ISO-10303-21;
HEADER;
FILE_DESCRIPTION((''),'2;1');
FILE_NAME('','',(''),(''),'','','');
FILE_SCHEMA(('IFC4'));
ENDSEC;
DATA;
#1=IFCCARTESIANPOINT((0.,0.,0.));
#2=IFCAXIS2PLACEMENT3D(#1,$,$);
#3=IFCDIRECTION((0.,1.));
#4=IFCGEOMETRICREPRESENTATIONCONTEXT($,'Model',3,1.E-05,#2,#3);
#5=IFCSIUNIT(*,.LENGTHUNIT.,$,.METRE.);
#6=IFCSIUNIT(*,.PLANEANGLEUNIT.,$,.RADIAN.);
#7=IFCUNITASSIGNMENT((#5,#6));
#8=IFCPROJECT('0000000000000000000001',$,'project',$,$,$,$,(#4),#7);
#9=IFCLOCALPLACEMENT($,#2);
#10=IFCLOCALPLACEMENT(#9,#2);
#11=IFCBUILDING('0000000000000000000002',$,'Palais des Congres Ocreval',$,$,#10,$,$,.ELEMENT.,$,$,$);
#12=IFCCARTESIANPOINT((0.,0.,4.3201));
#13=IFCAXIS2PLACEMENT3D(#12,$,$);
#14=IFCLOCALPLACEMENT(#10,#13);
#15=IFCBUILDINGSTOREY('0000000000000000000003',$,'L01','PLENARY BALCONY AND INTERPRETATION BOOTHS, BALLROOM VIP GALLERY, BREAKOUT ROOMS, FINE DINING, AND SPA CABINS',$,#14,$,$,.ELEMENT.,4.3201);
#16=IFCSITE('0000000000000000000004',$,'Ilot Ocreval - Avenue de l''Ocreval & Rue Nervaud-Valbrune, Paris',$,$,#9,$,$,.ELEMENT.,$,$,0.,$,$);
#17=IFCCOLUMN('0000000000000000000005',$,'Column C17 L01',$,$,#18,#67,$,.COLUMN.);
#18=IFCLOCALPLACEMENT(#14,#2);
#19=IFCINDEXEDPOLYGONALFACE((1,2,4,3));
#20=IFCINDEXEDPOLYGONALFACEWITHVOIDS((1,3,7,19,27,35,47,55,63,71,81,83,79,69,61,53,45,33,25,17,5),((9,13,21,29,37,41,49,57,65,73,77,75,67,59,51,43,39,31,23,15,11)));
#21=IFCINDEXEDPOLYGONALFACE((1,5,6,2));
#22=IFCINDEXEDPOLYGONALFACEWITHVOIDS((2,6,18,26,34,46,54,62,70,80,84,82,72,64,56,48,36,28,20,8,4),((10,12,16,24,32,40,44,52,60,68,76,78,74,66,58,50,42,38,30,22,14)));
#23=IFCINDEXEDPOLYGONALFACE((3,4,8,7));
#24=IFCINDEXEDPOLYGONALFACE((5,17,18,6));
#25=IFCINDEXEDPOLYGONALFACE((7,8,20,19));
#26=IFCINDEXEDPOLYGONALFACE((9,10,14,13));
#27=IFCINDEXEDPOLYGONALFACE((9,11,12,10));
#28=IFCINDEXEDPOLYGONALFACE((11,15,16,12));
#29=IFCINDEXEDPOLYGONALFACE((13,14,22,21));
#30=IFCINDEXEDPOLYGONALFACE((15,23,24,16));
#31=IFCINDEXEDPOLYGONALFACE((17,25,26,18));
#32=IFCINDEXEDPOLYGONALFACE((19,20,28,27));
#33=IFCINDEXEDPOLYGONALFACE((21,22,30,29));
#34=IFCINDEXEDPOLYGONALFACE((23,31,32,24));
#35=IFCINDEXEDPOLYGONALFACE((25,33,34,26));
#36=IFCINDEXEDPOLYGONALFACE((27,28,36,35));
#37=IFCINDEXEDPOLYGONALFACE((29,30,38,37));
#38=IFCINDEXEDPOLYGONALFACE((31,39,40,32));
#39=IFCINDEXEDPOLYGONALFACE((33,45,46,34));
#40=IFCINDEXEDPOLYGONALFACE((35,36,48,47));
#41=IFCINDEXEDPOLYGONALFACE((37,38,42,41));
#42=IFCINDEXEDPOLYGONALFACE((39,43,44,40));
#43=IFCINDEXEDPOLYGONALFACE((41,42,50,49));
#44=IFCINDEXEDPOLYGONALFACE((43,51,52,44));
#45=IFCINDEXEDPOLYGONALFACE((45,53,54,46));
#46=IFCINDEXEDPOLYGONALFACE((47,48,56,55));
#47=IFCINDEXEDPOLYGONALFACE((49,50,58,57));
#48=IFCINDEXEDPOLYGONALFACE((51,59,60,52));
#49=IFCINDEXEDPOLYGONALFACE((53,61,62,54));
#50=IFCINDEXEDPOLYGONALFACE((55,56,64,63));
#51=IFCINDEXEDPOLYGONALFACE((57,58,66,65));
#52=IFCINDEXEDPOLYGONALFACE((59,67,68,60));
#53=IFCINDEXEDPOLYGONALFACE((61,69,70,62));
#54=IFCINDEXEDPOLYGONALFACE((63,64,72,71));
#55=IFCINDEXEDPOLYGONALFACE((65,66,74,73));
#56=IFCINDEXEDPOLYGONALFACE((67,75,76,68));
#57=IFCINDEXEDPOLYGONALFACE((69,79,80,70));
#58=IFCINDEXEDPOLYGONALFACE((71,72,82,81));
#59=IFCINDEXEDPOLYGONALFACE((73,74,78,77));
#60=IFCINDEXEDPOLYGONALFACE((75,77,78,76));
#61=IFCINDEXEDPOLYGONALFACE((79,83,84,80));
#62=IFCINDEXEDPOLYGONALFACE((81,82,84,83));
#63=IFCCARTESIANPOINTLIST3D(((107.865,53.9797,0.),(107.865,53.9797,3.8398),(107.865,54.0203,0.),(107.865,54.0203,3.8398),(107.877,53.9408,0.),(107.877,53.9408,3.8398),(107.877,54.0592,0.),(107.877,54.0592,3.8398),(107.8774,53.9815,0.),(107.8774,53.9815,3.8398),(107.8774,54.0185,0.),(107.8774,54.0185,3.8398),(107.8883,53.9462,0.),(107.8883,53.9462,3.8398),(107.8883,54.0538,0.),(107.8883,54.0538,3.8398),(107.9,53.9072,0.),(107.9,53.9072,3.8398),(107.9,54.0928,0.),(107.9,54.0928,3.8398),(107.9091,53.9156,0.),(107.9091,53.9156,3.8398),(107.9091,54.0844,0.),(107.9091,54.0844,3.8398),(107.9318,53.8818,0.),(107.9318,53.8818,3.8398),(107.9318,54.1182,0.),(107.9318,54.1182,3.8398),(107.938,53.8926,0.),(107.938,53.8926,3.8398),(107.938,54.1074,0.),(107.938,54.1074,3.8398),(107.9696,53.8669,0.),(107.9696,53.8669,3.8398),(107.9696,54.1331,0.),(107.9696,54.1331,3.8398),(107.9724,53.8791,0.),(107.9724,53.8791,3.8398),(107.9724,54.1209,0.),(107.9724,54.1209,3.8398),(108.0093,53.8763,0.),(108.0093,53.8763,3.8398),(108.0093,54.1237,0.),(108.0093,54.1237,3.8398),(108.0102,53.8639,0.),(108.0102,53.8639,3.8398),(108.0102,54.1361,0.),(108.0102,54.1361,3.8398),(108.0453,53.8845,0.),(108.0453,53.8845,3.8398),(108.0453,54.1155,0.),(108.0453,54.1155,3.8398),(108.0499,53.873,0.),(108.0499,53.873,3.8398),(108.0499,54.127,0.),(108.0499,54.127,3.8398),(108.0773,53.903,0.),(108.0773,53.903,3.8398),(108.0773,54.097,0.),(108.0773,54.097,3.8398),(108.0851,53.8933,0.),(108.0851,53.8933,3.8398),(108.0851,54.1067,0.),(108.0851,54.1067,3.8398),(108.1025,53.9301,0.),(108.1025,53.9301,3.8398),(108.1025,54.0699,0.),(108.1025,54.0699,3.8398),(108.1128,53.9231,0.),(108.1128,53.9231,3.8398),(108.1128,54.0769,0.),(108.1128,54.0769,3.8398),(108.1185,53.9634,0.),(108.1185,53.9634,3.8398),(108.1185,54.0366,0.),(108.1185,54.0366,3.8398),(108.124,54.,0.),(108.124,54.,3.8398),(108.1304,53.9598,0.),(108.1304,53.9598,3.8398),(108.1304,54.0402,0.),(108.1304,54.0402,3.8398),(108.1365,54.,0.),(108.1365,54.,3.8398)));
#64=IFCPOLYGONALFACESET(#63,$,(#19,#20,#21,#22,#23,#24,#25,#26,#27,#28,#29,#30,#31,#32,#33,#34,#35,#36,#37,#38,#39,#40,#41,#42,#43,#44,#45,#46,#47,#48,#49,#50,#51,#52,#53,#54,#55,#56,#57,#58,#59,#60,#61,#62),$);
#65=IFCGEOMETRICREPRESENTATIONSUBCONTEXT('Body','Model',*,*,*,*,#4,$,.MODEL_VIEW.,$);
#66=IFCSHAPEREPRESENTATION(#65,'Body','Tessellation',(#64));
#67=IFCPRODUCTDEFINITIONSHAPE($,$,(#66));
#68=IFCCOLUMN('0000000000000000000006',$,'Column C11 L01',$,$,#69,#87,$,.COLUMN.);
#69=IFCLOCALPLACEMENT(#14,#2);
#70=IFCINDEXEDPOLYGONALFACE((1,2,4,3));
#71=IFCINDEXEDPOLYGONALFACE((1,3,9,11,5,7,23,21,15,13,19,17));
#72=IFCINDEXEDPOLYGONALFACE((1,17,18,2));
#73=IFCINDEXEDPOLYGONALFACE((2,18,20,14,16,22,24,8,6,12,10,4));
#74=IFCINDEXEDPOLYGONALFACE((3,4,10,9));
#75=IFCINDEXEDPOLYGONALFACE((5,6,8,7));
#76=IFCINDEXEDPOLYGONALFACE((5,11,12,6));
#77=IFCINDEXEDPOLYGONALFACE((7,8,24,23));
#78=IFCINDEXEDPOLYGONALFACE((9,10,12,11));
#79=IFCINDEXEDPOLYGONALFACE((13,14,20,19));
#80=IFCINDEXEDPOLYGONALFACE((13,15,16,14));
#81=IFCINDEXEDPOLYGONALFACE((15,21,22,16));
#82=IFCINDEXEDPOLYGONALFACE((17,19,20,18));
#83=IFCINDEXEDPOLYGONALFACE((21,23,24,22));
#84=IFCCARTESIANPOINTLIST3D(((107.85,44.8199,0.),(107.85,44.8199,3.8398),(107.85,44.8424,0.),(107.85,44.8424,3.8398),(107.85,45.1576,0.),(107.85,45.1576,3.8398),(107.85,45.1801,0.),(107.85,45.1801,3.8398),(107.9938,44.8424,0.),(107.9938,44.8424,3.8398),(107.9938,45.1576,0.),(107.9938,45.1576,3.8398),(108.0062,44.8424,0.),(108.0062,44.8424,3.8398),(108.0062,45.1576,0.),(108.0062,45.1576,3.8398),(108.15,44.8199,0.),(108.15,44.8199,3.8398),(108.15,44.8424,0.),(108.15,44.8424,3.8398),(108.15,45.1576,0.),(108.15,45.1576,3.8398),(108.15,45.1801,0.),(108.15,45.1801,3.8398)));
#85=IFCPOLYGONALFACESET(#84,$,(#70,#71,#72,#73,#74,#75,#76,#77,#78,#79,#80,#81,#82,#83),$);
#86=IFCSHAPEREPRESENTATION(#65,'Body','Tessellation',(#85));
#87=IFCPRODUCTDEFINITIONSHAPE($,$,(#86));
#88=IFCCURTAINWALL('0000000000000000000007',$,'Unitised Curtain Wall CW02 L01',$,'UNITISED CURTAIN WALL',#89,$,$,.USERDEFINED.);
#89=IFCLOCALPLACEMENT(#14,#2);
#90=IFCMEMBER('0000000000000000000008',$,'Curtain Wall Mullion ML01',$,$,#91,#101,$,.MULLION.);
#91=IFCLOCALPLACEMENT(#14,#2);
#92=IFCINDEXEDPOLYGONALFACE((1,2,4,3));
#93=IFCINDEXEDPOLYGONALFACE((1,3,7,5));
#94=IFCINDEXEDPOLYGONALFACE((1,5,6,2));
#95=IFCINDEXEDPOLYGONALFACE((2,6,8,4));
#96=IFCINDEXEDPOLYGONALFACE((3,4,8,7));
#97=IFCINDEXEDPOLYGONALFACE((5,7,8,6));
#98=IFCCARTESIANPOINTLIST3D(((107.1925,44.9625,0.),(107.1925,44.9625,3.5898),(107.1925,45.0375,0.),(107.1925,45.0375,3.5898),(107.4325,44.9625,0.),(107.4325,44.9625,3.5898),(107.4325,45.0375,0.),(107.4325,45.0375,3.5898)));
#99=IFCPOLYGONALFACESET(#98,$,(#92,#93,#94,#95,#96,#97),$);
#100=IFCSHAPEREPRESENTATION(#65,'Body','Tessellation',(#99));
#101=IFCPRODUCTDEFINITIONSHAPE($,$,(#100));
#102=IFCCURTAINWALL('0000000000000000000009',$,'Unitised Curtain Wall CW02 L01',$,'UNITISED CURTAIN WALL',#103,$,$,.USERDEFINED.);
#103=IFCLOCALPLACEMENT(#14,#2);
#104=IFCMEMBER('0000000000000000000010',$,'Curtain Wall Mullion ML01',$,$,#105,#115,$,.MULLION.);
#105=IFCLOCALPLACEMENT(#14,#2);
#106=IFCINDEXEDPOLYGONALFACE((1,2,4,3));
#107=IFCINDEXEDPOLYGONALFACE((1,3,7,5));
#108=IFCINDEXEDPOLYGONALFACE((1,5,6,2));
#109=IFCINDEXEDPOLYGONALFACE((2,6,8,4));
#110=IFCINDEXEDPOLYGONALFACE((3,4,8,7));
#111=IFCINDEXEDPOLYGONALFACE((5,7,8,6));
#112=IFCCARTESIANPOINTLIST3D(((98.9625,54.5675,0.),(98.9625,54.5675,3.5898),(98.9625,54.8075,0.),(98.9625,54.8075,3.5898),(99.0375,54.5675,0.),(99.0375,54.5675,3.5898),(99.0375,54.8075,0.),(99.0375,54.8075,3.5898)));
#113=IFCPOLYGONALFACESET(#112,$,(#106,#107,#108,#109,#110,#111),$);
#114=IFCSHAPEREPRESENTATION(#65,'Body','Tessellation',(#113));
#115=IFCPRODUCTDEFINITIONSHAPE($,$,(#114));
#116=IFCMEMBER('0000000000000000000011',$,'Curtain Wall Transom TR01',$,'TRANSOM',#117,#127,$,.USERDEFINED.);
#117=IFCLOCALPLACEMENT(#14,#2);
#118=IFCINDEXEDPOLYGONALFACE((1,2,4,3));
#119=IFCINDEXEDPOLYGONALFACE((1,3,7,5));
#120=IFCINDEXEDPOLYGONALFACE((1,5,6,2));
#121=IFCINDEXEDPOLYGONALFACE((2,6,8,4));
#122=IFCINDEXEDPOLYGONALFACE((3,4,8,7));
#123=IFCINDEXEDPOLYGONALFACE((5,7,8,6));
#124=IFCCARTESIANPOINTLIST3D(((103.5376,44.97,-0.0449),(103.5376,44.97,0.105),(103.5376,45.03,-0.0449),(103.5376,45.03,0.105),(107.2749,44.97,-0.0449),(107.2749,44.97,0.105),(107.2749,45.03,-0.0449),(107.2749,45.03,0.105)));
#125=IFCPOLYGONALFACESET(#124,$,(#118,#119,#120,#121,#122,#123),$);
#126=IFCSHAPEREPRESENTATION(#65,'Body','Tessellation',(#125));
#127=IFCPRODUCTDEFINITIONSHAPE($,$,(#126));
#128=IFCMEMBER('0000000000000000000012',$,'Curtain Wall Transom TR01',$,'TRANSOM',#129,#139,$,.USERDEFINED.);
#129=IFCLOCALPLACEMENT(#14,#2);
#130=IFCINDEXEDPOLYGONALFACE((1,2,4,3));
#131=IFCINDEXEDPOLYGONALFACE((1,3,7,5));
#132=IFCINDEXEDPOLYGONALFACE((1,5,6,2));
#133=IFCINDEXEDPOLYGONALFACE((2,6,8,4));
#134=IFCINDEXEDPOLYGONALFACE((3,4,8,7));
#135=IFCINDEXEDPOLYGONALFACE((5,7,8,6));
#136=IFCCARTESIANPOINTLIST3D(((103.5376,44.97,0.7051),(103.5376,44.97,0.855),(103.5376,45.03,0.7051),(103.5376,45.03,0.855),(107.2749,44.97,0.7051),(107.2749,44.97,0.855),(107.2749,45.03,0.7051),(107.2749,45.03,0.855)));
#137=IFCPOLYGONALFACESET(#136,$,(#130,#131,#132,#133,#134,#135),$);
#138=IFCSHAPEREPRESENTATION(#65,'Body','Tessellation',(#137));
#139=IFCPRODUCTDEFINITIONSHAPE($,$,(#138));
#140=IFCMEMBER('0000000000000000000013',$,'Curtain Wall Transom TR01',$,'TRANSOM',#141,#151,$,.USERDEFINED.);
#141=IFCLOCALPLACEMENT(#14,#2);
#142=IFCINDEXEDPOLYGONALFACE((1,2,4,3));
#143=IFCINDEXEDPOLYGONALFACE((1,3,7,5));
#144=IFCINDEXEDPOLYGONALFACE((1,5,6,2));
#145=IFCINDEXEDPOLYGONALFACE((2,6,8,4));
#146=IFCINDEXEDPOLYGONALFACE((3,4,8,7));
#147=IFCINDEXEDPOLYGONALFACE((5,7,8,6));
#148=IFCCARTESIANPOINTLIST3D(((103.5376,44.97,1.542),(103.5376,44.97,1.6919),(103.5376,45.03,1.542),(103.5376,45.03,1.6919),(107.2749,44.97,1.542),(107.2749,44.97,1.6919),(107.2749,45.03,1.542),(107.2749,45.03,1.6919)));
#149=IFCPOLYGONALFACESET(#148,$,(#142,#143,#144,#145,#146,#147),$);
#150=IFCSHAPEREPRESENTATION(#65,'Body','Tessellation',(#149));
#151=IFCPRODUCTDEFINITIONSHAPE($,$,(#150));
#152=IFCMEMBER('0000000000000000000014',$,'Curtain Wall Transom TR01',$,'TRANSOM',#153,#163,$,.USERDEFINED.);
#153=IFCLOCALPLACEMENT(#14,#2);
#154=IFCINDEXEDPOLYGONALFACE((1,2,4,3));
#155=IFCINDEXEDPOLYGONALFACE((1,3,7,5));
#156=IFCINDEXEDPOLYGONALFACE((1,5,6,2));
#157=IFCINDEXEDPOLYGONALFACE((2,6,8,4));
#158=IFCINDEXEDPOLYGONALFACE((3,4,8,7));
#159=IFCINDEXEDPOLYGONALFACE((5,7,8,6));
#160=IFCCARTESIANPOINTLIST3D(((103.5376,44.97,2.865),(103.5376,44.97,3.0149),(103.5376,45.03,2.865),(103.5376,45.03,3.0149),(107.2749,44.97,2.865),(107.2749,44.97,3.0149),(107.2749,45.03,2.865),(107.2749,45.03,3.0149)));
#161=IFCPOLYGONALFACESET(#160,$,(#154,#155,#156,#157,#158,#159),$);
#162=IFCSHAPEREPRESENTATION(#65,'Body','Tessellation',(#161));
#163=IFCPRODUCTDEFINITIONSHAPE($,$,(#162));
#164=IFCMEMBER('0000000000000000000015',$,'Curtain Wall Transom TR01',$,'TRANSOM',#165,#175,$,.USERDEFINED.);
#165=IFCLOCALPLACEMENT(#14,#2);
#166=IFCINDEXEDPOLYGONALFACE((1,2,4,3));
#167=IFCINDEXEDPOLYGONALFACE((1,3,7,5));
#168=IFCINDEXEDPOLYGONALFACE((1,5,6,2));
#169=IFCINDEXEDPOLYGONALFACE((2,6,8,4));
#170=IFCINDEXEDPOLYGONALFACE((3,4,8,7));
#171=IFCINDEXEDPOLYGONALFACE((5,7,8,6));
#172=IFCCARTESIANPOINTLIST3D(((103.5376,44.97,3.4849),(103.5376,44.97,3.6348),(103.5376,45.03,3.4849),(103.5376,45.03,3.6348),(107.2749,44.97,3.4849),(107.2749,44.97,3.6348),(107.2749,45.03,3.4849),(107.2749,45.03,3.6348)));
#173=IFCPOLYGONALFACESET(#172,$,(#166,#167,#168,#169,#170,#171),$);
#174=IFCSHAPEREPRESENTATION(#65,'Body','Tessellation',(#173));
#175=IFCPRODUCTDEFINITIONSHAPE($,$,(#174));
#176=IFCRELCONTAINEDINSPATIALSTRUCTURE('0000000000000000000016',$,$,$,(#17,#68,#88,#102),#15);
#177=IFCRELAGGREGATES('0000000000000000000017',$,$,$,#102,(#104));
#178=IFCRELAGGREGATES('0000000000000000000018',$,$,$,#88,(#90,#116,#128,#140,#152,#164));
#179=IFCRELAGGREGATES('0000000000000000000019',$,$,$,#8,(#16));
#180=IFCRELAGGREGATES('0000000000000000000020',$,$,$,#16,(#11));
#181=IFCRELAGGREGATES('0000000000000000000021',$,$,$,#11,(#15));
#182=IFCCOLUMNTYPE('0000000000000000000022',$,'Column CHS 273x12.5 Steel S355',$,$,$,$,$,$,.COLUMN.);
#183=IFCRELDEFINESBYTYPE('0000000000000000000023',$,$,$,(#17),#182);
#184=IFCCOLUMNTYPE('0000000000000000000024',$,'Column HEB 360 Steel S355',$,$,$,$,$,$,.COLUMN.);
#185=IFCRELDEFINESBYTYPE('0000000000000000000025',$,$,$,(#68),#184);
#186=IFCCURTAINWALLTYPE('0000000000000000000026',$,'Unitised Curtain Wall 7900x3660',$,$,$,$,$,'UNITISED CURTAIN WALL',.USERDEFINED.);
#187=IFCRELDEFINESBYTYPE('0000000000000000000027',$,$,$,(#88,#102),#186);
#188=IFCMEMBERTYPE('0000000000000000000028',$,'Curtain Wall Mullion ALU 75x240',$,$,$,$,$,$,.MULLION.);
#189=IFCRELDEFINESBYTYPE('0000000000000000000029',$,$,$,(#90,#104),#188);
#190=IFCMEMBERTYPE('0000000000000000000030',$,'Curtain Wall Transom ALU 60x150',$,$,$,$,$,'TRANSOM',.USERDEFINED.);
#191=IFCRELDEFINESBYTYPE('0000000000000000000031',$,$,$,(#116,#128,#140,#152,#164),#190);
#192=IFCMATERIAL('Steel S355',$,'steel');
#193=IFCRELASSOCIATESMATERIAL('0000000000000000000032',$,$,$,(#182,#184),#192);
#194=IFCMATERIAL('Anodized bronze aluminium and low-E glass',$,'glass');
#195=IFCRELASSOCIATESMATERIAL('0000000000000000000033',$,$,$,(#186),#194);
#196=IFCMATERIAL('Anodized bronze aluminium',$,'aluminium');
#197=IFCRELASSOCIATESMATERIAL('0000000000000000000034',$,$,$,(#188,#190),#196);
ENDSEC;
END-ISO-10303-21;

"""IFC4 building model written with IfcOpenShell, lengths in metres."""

from ifc_helpers import new_model, si_unit, direction, frame, origin, origin_2d, place, context, subcontext, project, spatial, rectangle, hollow_circle, i_section, extrude, material, material_profile, profile_set, type_object, element, aggregate, save


model = new_model("IFC4")

# Units and contexts
model_context = context("Model", 3, precision=1e-05, world=origin(), true_north=direction((0.0, 1.0)))
body_context = subcontext(model_context, "Body", "Model", "MODEL_VIEW")
ifc_project = project(units=[si_unit("LENGTHUNIT", "METRE"), si_unit("PLANEANGLEUNIT", "RADIAN")], contexts=[model_context])

# Site, building, storey
site_placement = place(None, origin())
site = spatial("IfcSite", under=ifc_project, at=site_placement, Name="Ilot Ocreval - Avenue de l'Ocreval & Rue Nervaud-Valbrune, Paris", CompositionType="ELEMENT", RefElevation=0.0)
building_placement = place(site_placement, origin())
building = spatial("IfcBuilding", under=site, at=building_placement, Name="Palais des Congres Ocreval", CompositionType="ELEMENT")
storey_placement = place(building_placement, frame((0.0, 0.0, 4.3201)))
storey = spatial("IfcBuildingStorey", under=building, at=storey_placement, Name="L01", Description="PLENARY BALCONY AND INTERPRETATION BOOTHS, BALLROOM VIP GALLERY, BREAKOUT ROOMS, FINE DINING, AND SPA CABINS", CompositionType="ELEMENT", Elevation=4.3201)

# Columns
ifc_material_1 = material(Name="Steel S355", Category="steel")
ifc_material_profile_1 = material_profile(ifc_material_1, hollow_circle(Radius=0.1365, WallThickness=0.0125, at=origin_2d()), Name="CHS 273x12.5")
ifc_profile_set_1 = profile_set([ifc_material_profile_1], Name="Steel S355")
column_type_1 = type_object("IfcColumnType", Name="Column CHS 273x12.5 Steel S355", PredefinedType="COLUMN", material=ifc_profile_set_1)
column_1_placement = place(storey_placement, frame((108.0, 54.0, 0.0), z_axis=(0.0, 0.0, 1.0), x_axis=(1.0, 0.0, 0.0)))
element("IfcColumn", 1, at=column_1_placement, inside=storey, type_object=column_type_1, Name="Column C17 L01", PredefinedType="COLUMN", context=body_context, shape_type="SweptSolid", body=[
    extrude(hollow_circle(Radius=0.1365, WallThickness=0.0125, at=origin_2d()), origin(), (0.0, 0.0, 1.0), 3.8398),
])
ifc_material_profile_2 = material_profile(ifc_material_1, i_section(OverallWidth=0.3, OverallDepth=0.3601, WebThickness=0.0125, FlangeThickness=0.0225, at=origin_2d()), Name="HEB 360")
ifc_profile_set_2 = profile_set([ifc_material_profile_2], Name="Steel S355")
column_type_2 = type_object("IfcColumnType", Name="Column HEB 360 Steel S355", PredefinedType="COLUMN", material=ifc_profile_set_2)
column_2_placement = place(storey_placement, frame((108.0, 45.0, 0.0), z_axis=(0.0, 0.0, 1.0), x_axis=(1.0, 0.0, 0.0)))
element("IfcColumn", 2, at=column_2_placement, inside=storey, type_object=column_type_2, Name="Column C11 L01", PredefinedType="COLUMN", context=body_context, shape_type="SweptSolid", body=[
    extrude(i_section(OverallWidth=0.3, OverallDepth=0.3601, WebThickness=0.0125, FlangeThickness=0.0225, at=origin_2d()), origin(), (0.0, 0.0, 1.0), 3.8398),
])

# Curtain walls, members
ifc_material_2 = material(Name="Anodized bronze aluminium and low-E glass", Category="glass")
curtain_wall_type = type_object("IfcCurtainWallType", Name="Unitised Curtain Wall 7900x3660", ElementType="UNITISED CURTAIN WALL", PredefinedType="USERDEFINED", material=ifc_material_2)
curtain_wall_1_placement = place(storey_placement, origin())
curtain_wall_1 = element("IfcCurtainWall", 3, at=curtain_wall_1_placement, inside=storey, type_object=curtain_wall_type, Name="Unitised Curtain Wall CW02 L01", ObjectType="UNITISED CURTAIN WALL", PredefinedType="USERDEFINED")
ifc_material_3 = material(Name="Anodized bronze aluminium", Category="aluminium")
ifc_material_profile_3 = material_profile(ifc_material_3, rectangle(XDim=0.075, YDim=0.24, at=origin_2d()), Name="ALU 75x240")
ifc_profile_set_3 = profile_set([ifc_material_profile_3], Name="Anodized bronze aluminium")
member_type_1 = type_object("IfcMemberType", Name="Curtain Wall Mullion ALU 75x240", PredefinedType="MULLION", material=ifc_profile_set_3)
member_1_placement = place(storey_placement, frame((107.3125, 45.0, 0.0), z_axis=(0.0, 0.0, 1.0), x_axis=(0.0, -1.0, 0.0)))
member_1 = element("IfcMember", 4, at=member_1_placement, type_object=member_type_1, Name="Curtain Wall Mullion ML01", PredefinedType="MULLION", context=body_context, shape_type="SweptSolid", body=[
    extrude(rectangle(XDim=0.075, YDim=0.24, at=origin_2d()), origin(), (0.0, 0.0, 1.0), 3.5898),
])
curtain_wall_2_placement = place(storey_placement, origin())
curtain_wall_2 = element("IfcCurtainWall", 5, at=curtain_wall_2_placement, inside=storey, type_object=curtain_wall_type, Name="Unitised Curtain Wall CW02 L01", ObjectType="UNITISED CURTAIN WALL", PredefinedType="USERDEFINED")
member_2_placement = place(storey_placement, frame((99.0, 54.6875, 0.0), z_axis=(0.0, 0.0, 1.0), x_axis=(-1.0, 0.0, 0.0)))
member_2 = element("IfcMember", 6, at=member_2_placement, type_object=member_type_1, Name="Curtain Wall Mullion ML01", PredefinedType="MULLION", context=body_context, shape_type="SweptSolid", body=[
    extrude(rectangle(XDim=0.075, YDim=0.24, at=origin_2d()), origin(), (0.0, 0.0, 1.0), 3.5898),
])
aggregate(curtain_wall_2, [member_2])

# Members
ifc_material_profile_4 = material_profile(ifc_material_3, rectangle(XDim=0.0601, YDim=0.1499, at=origin_2d()), Name="ALU 60x150")
ifc_profile_set_4 = profile_set([ifc_material_profile_4], Name="Anodized bronze aluminium")
member_type_2 = type_object("IfcMemberType", Name="Curtain Wall Transom ALU 60x150", ElementType="TRANSOM", PredefinedType="USERDEFINED", material=ifc_profile_set_4)
member_3_placement = place(storey_placement, frame((107.2749, 45.0, 0.03), z_axis=(-1.0, 0.0, 0.0), x_axis=(0.0, -1.0, 0.0)))
member_3 = element("IfcMember", 7, at=member_3_placement, type_object=member_type_2, Name="Curtain Wall Transom TR01", ObjectType="TRANSOM", PredefinedType="USERDEFINED", context=body_context, shape_type="SweptSolid", body=[
    extrude(rectangle(XDim=0.0601, YDim=0.1499, at=origin_2d()), origin(), (0.0, 0.0, 1.0), 3.7373),
])
member_4_placement = place(storey_placement, frame((107.2749, 45.0, 0.78), z_axis=(-1.0, 0.0, 0.0), x_axis=(0.0, -1.0, 0.0)))
member_4 = element("IfcMember", 8, at=member_4_placement, type_object=member_type_2, Name="Curtain Wall Transom TR01", ObjectType="TRANSOM", PredefinedType="USERDEFINED", context=body_context, shape_type="SweptSolid", body=[
    extrude(rectangle(XDim=0.0601, YDim=0.1499, at=origin_2d()), origin(), (0.0, 0.0, 1.0), 3.7373),
])
member_5_placement = place(storey_placement, frame((107.2749, 45.0, 1.6169), z_axis=(-1.0, 0.0, 0.0), x_axis=(0.0, -1.0, 0.0)))
member_5 = element("IfcMember", 9, at=member_5_placement, type_object=member_type_2, Name="Curtain Wall Transom TR01", ObjectType="TRANSOM", PredefinedType="USERDEFINED", context=body_context, shape_type="SweptSolid", body=[
    extrude(rectangle(XDim=0.0601, YDim=0.1499, at=origin_2d()), origin(), (0.0, 0.0, 1.0), 3.7373),
])
member_6_placement = place(storey_placement, frame((107.2749, 45.0, 2.9399), z_axis=(-1.0, 0.0, 0.0), x_axis=(0.0, -1.0, 0.0)))
member_6 = element("IfcMember", 10, at=member_6_placement, type_object=member_type_2, Name="Curtain Wall Transom TR01", ObjectType="TRANSOM", PredefinedType="USERDEFINED", context=body_context, shape_type="SweptSolid", body=[
    extrude(rectangle(XDim=0.0601, YDim=0.1499, at=origin_2d()), origin(), (0.0, 0.0, 1.0), 3.7373),
])
member_7_placement = place(storey_placement, frame((107.2749, 45.0, 3.5598), z_axis=(-1.0, 0.0, 0.0), x_axis=(0.0, -1.0, 0.0)))
member_7 = element("IfcMember", 11, at=member_7_placement, type_object=member_type_2, Name="Curtain Wall Transom TR01", ObjectType="TRANSOM", PredefinedType="USERDEFINED", context=body_context, shape_type="SweptSolid", body=[
    extrude(rectangle(XDim=0.0601, YDim=0.1499, at=origin_2d()), origin(), (0.0, 0.0, 1.0), 3.7373),
])

aggregate(curtain_wall_1, [member_1, member_3, member_4, member_5, member_6, member_7])

save(model, "model.ifc")
